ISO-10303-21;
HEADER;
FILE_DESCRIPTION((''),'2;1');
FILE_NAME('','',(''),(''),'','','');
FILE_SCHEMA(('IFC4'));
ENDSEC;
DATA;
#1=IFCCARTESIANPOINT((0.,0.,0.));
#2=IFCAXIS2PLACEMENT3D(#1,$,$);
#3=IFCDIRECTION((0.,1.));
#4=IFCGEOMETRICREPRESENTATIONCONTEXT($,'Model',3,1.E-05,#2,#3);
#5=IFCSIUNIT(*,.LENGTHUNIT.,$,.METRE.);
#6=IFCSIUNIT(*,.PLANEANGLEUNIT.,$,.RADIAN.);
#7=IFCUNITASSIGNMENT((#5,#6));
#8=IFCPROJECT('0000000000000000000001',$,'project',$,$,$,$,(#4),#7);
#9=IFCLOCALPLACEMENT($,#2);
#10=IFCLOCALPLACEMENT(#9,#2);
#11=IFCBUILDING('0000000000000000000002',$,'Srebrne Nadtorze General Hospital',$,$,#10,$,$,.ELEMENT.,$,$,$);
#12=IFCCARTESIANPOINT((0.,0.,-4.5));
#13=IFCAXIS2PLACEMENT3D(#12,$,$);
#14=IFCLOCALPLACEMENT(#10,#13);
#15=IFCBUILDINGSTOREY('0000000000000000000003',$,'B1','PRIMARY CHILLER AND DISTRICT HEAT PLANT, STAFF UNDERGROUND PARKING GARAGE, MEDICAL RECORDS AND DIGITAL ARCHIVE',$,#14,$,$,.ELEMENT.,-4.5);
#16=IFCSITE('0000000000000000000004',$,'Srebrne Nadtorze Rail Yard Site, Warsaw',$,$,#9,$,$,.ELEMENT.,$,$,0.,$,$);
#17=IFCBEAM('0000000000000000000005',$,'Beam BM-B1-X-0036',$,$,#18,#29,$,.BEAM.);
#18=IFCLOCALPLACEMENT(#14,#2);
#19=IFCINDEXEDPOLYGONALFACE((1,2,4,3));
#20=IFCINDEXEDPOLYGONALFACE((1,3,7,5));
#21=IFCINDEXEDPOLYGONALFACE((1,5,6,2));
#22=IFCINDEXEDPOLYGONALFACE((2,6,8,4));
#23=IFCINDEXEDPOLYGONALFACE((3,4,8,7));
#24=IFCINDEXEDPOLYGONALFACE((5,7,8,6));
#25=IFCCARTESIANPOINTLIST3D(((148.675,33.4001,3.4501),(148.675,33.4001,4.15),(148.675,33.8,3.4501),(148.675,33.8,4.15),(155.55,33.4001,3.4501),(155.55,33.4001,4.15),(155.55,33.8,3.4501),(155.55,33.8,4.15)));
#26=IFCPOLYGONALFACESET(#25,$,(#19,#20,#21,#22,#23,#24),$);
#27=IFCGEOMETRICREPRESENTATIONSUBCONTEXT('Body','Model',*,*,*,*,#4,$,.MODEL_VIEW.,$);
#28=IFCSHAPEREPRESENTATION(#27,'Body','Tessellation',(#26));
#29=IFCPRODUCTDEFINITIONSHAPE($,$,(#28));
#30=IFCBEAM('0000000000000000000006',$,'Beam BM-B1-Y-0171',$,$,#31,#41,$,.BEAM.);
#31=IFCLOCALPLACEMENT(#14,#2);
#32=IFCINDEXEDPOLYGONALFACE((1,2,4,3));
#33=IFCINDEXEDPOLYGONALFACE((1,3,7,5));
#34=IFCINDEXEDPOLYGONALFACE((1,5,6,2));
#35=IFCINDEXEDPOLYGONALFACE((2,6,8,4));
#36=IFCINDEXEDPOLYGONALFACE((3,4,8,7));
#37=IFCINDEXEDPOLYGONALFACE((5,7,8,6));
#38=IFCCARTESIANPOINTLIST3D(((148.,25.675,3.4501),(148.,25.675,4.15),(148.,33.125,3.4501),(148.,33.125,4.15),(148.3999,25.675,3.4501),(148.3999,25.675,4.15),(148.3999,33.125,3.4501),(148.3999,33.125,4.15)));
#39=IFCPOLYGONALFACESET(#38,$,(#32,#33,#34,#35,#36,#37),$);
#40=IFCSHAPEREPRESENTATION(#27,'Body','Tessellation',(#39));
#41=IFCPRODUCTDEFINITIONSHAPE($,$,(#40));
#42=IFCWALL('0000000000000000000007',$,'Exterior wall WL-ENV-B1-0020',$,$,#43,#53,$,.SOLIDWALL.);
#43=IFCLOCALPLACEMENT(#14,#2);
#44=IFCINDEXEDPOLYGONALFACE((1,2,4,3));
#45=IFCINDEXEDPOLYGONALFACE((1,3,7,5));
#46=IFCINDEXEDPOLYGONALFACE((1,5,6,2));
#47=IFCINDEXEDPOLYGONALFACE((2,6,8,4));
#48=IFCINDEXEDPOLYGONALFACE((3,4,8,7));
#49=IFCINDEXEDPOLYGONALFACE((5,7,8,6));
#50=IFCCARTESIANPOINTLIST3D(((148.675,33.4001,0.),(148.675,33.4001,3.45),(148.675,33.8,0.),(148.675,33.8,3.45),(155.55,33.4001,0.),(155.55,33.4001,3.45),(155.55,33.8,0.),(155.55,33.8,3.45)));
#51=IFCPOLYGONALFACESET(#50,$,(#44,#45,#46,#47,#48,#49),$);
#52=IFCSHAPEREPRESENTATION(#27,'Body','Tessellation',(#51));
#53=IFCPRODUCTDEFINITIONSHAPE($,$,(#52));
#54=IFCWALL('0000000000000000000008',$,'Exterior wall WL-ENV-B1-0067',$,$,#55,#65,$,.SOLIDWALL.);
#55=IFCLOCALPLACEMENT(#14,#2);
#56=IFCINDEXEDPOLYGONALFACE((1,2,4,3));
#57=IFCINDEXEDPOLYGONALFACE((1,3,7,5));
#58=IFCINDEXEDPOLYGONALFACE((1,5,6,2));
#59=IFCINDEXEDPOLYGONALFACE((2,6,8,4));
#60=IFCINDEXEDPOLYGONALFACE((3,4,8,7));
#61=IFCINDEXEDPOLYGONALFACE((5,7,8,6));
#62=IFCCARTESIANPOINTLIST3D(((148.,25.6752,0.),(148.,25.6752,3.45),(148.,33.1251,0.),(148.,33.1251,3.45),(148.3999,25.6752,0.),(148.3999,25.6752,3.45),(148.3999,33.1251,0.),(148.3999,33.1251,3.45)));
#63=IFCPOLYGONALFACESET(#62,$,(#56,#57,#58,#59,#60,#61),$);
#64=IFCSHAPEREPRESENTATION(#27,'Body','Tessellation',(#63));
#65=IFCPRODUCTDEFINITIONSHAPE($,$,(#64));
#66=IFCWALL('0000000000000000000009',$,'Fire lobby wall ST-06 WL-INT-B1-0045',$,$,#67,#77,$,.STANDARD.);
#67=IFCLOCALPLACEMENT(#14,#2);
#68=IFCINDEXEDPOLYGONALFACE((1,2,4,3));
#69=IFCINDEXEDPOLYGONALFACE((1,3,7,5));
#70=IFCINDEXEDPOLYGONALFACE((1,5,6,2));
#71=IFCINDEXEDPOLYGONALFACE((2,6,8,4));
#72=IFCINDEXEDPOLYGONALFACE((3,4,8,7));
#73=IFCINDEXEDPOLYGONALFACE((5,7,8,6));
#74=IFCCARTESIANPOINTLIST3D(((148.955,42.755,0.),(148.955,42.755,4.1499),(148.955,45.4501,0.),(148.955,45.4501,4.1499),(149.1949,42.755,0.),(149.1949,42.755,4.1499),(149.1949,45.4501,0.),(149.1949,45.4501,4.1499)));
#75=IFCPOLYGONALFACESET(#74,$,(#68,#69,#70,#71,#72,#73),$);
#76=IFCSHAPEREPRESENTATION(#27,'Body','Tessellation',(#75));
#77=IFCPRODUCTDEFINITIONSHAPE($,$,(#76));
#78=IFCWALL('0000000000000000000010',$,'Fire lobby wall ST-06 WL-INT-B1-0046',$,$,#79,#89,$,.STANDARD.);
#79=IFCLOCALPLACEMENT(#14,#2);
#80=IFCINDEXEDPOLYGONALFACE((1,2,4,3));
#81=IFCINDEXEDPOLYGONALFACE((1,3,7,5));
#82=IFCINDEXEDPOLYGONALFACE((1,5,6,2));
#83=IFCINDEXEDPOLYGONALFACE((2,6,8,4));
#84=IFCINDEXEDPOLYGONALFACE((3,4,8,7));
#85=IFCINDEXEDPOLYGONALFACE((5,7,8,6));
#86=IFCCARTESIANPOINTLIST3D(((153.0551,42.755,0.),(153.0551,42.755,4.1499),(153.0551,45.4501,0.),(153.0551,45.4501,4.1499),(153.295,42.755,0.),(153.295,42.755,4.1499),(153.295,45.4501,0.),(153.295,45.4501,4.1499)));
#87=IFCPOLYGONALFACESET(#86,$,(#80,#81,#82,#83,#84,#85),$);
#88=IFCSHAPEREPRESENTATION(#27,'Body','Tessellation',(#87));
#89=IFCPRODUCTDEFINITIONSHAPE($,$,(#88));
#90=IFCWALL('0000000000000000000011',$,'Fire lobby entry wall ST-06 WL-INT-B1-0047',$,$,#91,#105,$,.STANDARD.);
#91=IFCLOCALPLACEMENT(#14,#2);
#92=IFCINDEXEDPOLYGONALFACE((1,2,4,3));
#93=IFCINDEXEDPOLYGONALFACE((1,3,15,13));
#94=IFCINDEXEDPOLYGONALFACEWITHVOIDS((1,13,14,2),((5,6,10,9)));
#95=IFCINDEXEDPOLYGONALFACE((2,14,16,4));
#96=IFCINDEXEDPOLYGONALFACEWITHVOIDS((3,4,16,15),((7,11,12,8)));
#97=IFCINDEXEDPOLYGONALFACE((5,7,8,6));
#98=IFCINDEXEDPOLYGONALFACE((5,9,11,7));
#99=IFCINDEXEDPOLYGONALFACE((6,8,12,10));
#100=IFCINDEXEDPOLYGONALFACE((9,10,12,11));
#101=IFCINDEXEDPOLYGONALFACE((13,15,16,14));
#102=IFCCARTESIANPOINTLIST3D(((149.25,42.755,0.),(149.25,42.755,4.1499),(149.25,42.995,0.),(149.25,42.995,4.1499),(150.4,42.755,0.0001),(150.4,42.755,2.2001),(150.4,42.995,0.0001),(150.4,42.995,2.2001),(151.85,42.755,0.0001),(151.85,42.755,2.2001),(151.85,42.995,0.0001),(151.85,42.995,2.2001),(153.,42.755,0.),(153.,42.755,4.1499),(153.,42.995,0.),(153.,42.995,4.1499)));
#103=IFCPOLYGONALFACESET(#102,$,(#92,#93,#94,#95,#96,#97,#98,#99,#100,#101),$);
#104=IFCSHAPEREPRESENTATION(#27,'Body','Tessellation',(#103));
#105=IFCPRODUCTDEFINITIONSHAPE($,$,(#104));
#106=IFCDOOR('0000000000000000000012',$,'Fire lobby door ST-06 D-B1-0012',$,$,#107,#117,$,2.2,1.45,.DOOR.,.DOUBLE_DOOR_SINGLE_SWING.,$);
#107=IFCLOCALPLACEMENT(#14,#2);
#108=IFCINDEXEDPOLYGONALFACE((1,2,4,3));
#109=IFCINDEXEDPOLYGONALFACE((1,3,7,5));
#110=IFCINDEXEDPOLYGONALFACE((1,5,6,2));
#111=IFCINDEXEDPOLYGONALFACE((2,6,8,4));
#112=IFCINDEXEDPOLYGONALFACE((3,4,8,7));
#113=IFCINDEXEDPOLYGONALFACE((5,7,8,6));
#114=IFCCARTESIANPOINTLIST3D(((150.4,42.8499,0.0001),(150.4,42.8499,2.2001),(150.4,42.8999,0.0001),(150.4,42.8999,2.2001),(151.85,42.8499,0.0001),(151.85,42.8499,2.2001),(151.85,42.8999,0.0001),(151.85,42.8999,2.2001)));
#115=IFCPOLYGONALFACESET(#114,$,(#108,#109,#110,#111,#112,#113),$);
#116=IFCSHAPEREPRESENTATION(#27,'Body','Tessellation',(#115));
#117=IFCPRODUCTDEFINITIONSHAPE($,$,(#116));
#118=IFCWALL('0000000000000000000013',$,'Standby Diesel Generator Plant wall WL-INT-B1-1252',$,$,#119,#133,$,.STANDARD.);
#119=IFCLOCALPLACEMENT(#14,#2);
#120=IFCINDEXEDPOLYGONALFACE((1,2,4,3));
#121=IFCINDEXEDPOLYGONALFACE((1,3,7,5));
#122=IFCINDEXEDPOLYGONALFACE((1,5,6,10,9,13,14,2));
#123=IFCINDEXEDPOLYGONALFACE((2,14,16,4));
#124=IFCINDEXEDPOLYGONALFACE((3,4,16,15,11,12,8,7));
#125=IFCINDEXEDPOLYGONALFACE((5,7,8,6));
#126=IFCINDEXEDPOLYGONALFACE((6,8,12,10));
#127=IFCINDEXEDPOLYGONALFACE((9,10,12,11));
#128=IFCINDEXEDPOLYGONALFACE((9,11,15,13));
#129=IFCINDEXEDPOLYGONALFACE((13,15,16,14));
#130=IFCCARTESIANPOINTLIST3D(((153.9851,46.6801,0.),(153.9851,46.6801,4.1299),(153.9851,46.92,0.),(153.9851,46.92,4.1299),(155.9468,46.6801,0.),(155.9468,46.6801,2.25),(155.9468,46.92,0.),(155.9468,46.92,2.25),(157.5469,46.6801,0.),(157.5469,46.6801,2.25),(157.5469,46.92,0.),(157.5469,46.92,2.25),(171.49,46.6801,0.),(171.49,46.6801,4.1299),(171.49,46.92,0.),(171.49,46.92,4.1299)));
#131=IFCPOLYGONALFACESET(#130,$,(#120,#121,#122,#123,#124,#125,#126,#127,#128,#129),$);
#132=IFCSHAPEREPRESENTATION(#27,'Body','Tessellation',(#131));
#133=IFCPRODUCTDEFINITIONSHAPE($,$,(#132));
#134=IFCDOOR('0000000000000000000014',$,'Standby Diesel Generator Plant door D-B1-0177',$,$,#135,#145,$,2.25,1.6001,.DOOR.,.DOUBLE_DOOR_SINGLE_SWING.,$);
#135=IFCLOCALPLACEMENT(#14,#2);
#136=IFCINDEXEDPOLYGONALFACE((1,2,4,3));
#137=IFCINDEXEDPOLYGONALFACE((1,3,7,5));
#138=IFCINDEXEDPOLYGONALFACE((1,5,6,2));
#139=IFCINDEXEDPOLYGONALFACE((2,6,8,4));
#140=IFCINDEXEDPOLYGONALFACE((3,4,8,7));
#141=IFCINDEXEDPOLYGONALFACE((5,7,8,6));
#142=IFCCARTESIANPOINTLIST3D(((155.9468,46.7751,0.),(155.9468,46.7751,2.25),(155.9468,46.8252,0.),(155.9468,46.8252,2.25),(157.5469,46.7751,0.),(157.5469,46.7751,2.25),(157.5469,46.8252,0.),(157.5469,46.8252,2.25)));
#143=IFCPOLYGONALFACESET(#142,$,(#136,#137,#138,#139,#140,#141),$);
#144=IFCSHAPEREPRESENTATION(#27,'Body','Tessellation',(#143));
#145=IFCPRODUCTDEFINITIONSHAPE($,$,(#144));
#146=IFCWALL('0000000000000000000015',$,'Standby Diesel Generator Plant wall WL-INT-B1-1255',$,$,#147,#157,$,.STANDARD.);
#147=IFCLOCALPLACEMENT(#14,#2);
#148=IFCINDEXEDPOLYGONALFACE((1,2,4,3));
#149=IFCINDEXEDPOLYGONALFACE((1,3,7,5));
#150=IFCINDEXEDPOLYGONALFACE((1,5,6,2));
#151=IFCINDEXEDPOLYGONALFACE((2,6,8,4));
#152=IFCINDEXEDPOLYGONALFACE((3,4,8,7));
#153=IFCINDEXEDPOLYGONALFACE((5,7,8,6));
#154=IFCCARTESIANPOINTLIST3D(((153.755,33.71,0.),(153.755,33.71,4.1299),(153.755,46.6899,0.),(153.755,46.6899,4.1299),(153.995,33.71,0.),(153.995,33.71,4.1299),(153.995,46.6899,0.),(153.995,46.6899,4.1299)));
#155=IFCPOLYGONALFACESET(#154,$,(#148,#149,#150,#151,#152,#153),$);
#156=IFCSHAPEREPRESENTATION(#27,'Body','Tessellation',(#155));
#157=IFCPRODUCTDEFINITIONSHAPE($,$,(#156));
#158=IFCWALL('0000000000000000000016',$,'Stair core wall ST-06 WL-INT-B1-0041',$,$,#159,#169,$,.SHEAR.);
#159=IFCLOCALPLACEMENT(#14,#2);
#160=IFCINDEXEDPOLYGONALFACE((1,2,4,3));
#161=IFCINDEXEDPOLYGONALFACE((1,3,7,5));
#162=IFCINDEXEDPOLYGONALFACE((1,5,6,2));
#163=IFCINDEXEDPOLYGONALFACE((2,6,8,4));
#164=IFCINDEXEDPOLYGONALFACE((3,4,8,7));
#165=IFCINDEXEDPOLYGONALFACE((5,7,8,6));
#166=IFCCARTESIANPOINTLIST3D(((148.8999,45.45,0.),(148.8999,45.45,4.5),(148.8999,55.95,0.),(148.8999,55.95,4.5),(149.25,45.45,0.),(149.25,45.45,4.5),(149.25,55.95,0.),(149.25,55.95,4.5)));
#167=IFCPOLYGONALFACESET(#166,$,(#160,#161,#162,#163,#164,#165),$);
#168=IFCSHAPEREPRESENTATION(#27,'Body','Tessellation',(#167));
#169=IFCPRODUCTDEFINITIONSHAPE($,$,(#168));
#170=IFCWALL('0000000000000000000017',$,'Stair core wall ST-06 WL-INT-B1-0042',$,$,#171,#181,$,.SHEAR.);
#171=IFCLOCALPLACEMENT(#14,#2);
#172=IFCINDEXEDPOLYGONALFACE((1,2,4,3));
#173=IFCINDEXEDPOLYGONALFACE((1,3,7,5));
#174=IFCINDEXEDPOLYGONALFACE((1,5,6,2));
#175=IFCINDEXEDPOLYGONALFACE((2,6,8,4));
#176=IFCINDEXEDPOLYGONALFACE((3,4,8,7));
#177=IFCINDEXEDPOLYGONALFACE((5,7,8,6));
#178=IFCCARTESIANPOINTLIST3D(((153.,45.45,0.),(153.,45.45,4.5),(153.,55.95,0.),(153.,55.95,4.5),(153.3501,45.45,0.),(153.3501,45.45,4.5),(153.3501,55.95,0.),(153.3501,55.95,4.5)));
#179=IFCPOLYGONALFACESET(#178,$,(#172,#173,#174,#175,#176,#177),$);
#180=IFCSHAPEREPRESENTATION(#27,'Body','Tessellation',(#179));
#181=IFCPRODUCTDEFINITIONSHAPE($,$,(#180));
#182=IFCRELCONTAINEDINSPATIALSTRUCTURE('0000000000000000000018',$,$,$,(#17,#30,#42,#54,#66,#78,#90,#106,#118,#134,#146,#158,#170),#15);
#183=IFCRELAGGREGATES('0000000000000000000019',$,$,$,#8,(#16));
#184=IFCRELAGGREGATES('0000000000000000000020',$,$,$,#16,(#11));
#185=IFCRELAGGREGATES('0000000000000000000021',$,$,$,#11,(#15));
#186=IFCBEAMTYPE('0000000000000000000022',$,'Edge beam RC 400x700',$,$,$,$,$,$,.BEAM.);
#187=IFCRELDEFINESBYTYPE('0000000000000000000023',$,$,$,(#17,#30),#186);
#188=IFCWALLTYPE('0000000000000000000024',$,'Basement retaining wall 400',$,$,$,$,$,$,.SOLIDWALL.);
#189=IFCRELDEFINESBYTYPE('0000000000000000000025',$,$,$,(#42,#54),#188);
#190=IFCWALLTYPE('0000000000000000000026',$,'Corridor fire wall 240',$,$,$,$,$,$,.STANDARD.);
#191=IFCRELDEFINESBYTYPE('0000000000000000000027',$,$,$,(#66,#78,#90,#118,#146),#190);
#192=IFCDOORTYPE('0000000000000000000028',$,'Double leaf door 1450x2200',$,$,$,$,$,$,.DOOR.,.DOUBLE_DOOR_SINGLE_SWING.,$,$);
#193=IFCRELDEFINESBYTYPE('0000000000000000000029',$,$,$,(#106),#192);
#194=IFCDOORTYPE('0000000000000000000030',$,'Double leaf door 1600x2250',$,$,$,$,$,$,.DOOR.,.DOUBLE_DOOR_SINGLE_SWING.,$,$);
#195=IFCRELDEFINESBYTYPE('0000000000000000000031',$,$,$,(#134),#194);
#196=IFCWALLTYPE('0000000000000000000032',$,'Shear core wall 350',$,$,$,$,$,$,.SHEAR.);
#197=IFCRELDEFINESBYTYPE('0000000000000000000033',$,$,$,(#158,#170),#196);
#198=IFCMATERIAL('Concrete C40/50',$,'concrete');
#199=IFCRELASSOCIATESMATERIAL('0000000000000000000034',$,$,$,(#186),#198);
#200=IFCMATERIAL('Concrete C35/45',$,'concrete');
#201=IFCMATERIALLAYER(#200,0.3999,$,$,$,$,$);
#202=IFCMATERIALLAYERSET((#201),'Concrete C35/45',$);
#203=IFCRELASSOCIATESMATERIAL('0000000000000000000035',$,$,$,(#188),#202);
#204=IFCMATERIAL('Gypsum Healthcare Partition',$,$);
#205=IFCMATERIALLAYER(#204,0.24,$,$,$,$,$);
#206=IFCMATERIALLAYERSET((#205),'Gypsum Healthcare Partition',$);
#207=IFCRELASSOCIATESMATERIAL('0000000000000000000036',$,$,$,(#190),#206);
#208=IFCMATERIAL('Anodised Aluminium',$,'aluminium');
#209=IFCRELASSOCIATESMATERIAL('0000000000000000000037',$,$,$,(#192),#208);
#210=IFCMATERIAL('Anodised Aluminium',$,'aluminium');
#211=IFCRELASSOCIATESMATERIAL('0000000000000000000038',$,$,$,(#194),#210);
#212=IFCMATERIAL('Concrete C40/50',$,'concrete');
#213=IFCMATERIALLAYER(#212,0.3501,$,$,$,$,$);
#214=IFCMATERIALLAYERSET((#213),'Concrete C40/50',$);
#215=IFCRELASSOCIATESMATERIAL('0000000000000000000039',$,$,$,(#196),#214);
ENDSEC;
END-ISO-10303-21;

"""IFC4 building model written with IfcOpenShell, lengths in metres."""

from ifc_helpers import new_model, si_unit, direction, frame, frame_2d, origin, origin_2d, place, context, subcontext, project, spatial, rectangle, extrude, material, layer, layer_set, material_profile, profile_set, type_object, element, fill, save


model = new_model("IFC4")

# Units and contexts
model_context = context("Model", 3, precision=1e-05, world=origin(), true_north=direction((0.0, 1.0)))
body_context = subcontext(model_context, "Body", "Model", "MODEL_VIEW")
ifc_project = project(units=[si_unit("LENGTHUNIT", "METRE"), si_unit("PLANEANGLEUNIT", "RADIAN")], contexts=[model_context])

# Site, building, storey
site_placement = place(None, origin())
site = spatial("IfcSite", under=ifc_project, at=site_placement, Name="Srebrne Nadtorze Rail Yard Site, Warsaw", CompositionType="ELEMENT", RefElevation=0.0)
building_placement = place(site_placement, origin())
building = spatial("IfcBuilding", under=site, at=building_placement, Name="Srebrne Nadtorze General Hospital", CompositionType="ELEMENT")
storey_placement = place(building_placement, frame((0.0, 0.0, -4.5)))
storey = spatial("IfcBuildingStorey", under=building, at=storey_placement, Name="B1", Description="PRIMARY CHILLER AND DISTRICT HEAT PLANT, STAFF UNDERGROUND PARKING GARAGE, MEDICAL RECORDS AND DIGITAL ARCHIVE", CompositionType="ELEMENT", Elevation=-4.5)

# Beams
ifc_material_1 = material(Name="Concrete C40/50", Category="concrete")
ifc_material_profile_1 = material_profile(ifc_material_1, rectangle(XDim=0.3999, YDim=0.7, at=origin_2d()), Name="RC-BM-400x700")
ifc_profile_set_1 = profile_set([ifc_material_profile_1], Name="Concrete C40/50")
beam_type = type_object("IfcBeamType", Name="Edge beam RC 400x700", PredefinedType="BEAM", material=ifc_profile_set_1)
beam_1_placement = place(storey_placement, frame((148.675, 33.6001, 3.8), z_axis=(1.0, 0.0, 0.0), x_axis=(0.0, 1.0, 0.0)))
element("IfcBeam", 1, at=beam_1_placement, inside=storey, type_object=beam_type, Name="Beam BM-B1-X-0036", PredefinedType="BEAM", context=body_context, shape_type="SweptSolid", body=[
    extrude(rectangle(XDim=0.3999, YDim=0.7, at=origin_2d()), origin(), (0.0, 0.0, 1.0), 6.875),
])
beam_2_placement = place(storey_placement, frame((148.2, 25.675, 3.8), z_axis=(0.0, 1.0, 0.0), x_axis=(-1.0, 0.0, 0.0)))
element("IfcBeam", 2, at=beam_2_placement, inside=storey, type_object=beam_type, Name="Beam BM-B1-Y-0171", PredefinedType="BEAM", context=body_context, shape_type="SweptSolid", body=[
    extrude(rectangle(XDim=0.3999, YDim=0.7, at=origin_2d()), origin(), (0.0, 0.0, 1.0), 7.45),
])

# Walls
ifc_material_2 = material(Name="Concrete C35/45", Category="concrete")
ifc_layer_1 = layer(ifc_material_2, 0.3999)
ifc_layer_set_1 = layer_set([ifc_layer_1], Name="Concrete C35/45")
wall_type_1 = type_object("IfcWallType", Name="Basement retaining wall 400", PredefinedType="SOLIDWALL", material=ifc_layer_set_1)
wall_1_placement = place(storey_placement, frame((148.675, 33.6001, 0.0), z_axis=(0.0, 0.0, 1.0), x_axis=(1.0, 0.0, 0.0)))
element("IfcWall", 3, at=wall_1_placement, inside=storey, type_object=wall_type_1, Name="Exterior wall WL-ENV-B1-0020", PredefinedType="SOLIDWALL", context=body_context, shape_type="SweptSolid", body=[
    extrude(rectangle(XDim=6.875, YDim=0.3999, at=frame_2d((3.4375, 0.0))), origin(), (0.0, 0.0, 1.0), 3.45),
])
wall_2_placement = place(storey_placement, frame((148.2, 25.675, 0.0), z_axis=(0.0, 0.0, 1.0), x_axis=(0.0, 1.0, 0.0)))
element("IfcWall", 4, at=wall_2_placement, inside=storey, type_object=wall_type_1, Name="Exterior wall WL-ENV-B1-0067", PredefinedType="SOLIDWALL", context=body_context, shape_type="SweptSolid", body=[
    extrude(rectangle(XDim=7.45, YDim=0.3999, at=frame_2d((3.7251, 0.0))), origin(), (0.0, 0.0, 1.0), 3.45),
])
ifc_material_3 = material(Name="Gypsum Healthcare Partition")
ifc_layer_2 = layer(ifc_material_3, 0.24)
ifc_layer_set_2 = layer_set([ifc_layer_2], Name="Gypsum Healthcare Partition")
wall_type_2 = type_object("IfcWallType", Name="Corridor fire wall 240", PredefinedType="STANDARD", material=ifc_layer_set_2)
for number, where, z_axis, x_axis, name in (
    (5, (149.075, 42.7549, 0.0), (0.0, 0.0, 1.0), (0.0, 1.0, 0.0), "Fire lobby wall ST-06 WL-INT-B1-0045"),
    (6, (153.175, 42.7549, 0.0), (0.0, 0.0, 1.0), (0.0, 1.0, 0.0), "Fire lobby wall ST-06 WL-INT-B1-0046"),
):
    element("IfcWall", number, at=place(storey_placement, frame(where, z_axis=z_axis, x_axis=x_axis)), inside=storey, type_object=wall_type_2, Name=name, PredefinedType="STANDARD", context=body_context, shape_type="SweptSolid", body=[
        extrude(rectangle(XDim=2.6951, YDim=0.24, at=frame_2d((1.3477, 0.0))), origin(), (0.0, 0.0, 1.0), 4.1499),
    ])

# Walls, openings, doors
wall_3_placement = place(storey_placement, frame((149.25, 42.875, 0.0), z_axis=(0.0, 0.0, 1.0), x_axis=(1.0, 0.0, 0.0)))
wall_3 = element("IfcWall", 7, at=wall_3_placement, inside=storey, type_object=wall_type_2, Name="Fire lobby entry wall ST-06 WL-INT-B1-0047", PredefinedType="STANDARD", context=body_context, shape_type="SweptSolid", body=[
    extrude(rectangle(XDim=3.75, YDim=0.24, at=frame_2d((1.875, 0.0))), origin(), (0.0, 0.0, 1.0), 4.1499),
])
opening_1_placement = place(wall_3_placement, frame((1.1499, 0.0, 0.0)))
opening_1 = element("IfcOpeningElement", 8, at=opening_1_placement, cuts=wall_3, PredefinedType="OPENING", context=body_context, shape_type="SweptSolid", body=[
    extrude(rectangle(XDim=1.45, YDim=2.2, at=frame_2d((0.7251, 1.1001))), frame((0.0, 0.1318, 0.0), z_axis=(0.0, -1.0, 0.0), x_axis=(1.0, 0.0, 0.0)), (0.0, 0.0, 1.0), 0.2639),
])
ifc_material_4 = material(Name="Anodised Aluminium", Category="aluminium")
door_type_1 = type_object("IfcDoorType", Name="Double leaf door 1450x2200", OperationType="DOUBLE_DOOR_SINGLE_SWING", PredefinedType="DOOR", material=ifc_material_4)
door_1_placement = place(opening_1_placement, origin())
door_1 = element("IfcDoor", 9, at=door_1_placement, inside=storey, type_object=door_type_1, Name="Fire lobby door ST-06 D-B1-0012", OperationType="DOUBLE_DOOR_SINGLE_SWING", OverallHeight=2.2, OverallWidth=1.45, PredefinedType="DOOR", context=body_context, shape_type="SweptSolid", body=[
    extrude(rectangle(XDim=1.45, YDim=2.2, at=frame_2d((0.7251, 1.1001))), frame((0.0, 0.0249, 0.0), z_axis=(0.0, -1.0, 0.0), x_axis=(1.0, 0.0, 0.0)), (0.0, 0.0, 1.0), 0.05),
])
fill(opening_1, door_1)
wall_4_placement = place(storey_placement, frame((153.9851, 46.8, 0.0), z_axis=(0.0, 0.0, 1.0), x_axis=(1.0, 0.0, 0.0)))
wall_4 = element("IfcWall", 10, at=wall_4_placement, inside=storey, type_object=wall_type_2, Name="Standby Diesel Generator Plant wall WL-INT-B1-1252", PredefinedType="STANDARD", context=body_context, shape_type="SweptSolid", body=[
    extrude(rectangle(XDim=17.5049, YDim=0.24, at=frame_2d((8.7524, 0.0))), origin(), (0.0, 0.0, 1.0), 4.1299),
])
opening_2_placement = place(wall_4_placement, frame((1.9617, 0.0, 0.0)))
opening_2 = element("IfcOpeningElement", 11, at=opening_2_placement, cuts=wall_4, PredefinedType="OPENING", context=body_context, shape_type="SweptSolid", body=[
    extrude(rectangle(XDim=1.6001, YDim=2.25, at=frame_2d((0.8, 1.125))), frame((0.0, 0.1318, 0.0), z_axis=(0.0, -1.0, 0.0), x_axis=(1.0, 0.0, 0.0)), (0.0, 0.0, 1.0), 0.2639),
])
ifc_material_5 = material(Name="Anodised Aluminium", Category="aluminium")
door_type_2 = type_object("IfcDoorType", Name="Double leaf door 1600x2250", OperationType="DOUBLE_DOOR_SINGLE_SWING", PredefinedType="DOOR", material=ifc_material_5)
door_2_placement = place(opening_2_placement, frame((1.6001, 0.0, 0.0), z_axis=(0.0, 0.0, 1.0), x_axis=(-1.0, 0.0, 0.0)))
door_2 = element("IfcDoor", 12, at=door_2_placement, inside=storey, type_object=door_type_2, Name="Standby Diesel Generator Plant door D-B1-0177", OperationType="DOUBLE_DOOR_SINGLE_SWING", OverallHeight=2.25, OverallWidth=1.6001, PredefinedType="DOOR", context=body_context, shape_type="SweptSolid", body=[
    extrude(rectangle(XDim=1.6001, YDim=2.25, at=frame_2d((0.8, 1.125))), frame((0.0, 0.0249, 0.0), z_axis=(0.0, -1.0, 0.0), x_axis=(1.0, 0.0, 0.0)), (0.0, 0.0, 1.0), 0.05),
])
fill(opening_2, door_2)

# Walls
wall_5_placement = place(storey_placement, frame((153.875, 33.71, 0.0), z_axis=(0.0, 0.0, 1.0), x_axis=(0.0, 1.0, 0.0)))
element("IfcWall", 13, at=wall_5_placement, inside=storey, type_object=wall_type_2, Name="Standby Diesel Generator Plant wall WL-INT-B1-1255", PredefinedType="STANDARD", context=body_context, shape_type="SweptSolid", body=[
    extrude(rectangle(XDim=12.98, YDim=0.24, at=frame_2d((6.49, 0.0))), origin(), (0.0, 0.0, 1.0), 4.1299),
])
ifc_material_6 = material(Name="Concrete C40/50", Category="concrete")
ifc_layer_3 = layer(ifc_material_6, 0.3501)
ifc_layer_set_3 = layer_set([ifc_layer_3], Name="Concrete C40/50")
wall_type_3 = type_object("IfcWallType", Name="Shear core wall 350", PredefinedType="SHEAR", material=ifc_layer_set_3)
for number, where, z_axis, x_axis, name in (
    (14, (149.075, 45.45, 0.0), (0.0, 0.0, 1.0), (0.0, 1.0, 0.0), "Stair core wall ST-06 WL-INT-B1-0041"),
    (15, (153.175, 45.45, 0.0), (0.0, 0.0, 1.0), (0.0, 1.0, 0.0), "Stair core wall ST-06 WL-INT-B1-0042"),
):
    element("IfcWall", number, at=place(storey_placement, frame(where, z_axis=z_axis, x_axis=x_axis)), inside=storey, type_object=wall_type_3, Name=name, PredefinedType="SHEAR", context=body_context, shape_type="SweptSolid", body=[
        extrude(rectangle(XDim=10.5, YDim=0.3501, at=frame_2d((5.25, 0.0))), origin(), (0.0, 0.0, 1.0), 4.5),
    ])

save(model, "model.ifc")
